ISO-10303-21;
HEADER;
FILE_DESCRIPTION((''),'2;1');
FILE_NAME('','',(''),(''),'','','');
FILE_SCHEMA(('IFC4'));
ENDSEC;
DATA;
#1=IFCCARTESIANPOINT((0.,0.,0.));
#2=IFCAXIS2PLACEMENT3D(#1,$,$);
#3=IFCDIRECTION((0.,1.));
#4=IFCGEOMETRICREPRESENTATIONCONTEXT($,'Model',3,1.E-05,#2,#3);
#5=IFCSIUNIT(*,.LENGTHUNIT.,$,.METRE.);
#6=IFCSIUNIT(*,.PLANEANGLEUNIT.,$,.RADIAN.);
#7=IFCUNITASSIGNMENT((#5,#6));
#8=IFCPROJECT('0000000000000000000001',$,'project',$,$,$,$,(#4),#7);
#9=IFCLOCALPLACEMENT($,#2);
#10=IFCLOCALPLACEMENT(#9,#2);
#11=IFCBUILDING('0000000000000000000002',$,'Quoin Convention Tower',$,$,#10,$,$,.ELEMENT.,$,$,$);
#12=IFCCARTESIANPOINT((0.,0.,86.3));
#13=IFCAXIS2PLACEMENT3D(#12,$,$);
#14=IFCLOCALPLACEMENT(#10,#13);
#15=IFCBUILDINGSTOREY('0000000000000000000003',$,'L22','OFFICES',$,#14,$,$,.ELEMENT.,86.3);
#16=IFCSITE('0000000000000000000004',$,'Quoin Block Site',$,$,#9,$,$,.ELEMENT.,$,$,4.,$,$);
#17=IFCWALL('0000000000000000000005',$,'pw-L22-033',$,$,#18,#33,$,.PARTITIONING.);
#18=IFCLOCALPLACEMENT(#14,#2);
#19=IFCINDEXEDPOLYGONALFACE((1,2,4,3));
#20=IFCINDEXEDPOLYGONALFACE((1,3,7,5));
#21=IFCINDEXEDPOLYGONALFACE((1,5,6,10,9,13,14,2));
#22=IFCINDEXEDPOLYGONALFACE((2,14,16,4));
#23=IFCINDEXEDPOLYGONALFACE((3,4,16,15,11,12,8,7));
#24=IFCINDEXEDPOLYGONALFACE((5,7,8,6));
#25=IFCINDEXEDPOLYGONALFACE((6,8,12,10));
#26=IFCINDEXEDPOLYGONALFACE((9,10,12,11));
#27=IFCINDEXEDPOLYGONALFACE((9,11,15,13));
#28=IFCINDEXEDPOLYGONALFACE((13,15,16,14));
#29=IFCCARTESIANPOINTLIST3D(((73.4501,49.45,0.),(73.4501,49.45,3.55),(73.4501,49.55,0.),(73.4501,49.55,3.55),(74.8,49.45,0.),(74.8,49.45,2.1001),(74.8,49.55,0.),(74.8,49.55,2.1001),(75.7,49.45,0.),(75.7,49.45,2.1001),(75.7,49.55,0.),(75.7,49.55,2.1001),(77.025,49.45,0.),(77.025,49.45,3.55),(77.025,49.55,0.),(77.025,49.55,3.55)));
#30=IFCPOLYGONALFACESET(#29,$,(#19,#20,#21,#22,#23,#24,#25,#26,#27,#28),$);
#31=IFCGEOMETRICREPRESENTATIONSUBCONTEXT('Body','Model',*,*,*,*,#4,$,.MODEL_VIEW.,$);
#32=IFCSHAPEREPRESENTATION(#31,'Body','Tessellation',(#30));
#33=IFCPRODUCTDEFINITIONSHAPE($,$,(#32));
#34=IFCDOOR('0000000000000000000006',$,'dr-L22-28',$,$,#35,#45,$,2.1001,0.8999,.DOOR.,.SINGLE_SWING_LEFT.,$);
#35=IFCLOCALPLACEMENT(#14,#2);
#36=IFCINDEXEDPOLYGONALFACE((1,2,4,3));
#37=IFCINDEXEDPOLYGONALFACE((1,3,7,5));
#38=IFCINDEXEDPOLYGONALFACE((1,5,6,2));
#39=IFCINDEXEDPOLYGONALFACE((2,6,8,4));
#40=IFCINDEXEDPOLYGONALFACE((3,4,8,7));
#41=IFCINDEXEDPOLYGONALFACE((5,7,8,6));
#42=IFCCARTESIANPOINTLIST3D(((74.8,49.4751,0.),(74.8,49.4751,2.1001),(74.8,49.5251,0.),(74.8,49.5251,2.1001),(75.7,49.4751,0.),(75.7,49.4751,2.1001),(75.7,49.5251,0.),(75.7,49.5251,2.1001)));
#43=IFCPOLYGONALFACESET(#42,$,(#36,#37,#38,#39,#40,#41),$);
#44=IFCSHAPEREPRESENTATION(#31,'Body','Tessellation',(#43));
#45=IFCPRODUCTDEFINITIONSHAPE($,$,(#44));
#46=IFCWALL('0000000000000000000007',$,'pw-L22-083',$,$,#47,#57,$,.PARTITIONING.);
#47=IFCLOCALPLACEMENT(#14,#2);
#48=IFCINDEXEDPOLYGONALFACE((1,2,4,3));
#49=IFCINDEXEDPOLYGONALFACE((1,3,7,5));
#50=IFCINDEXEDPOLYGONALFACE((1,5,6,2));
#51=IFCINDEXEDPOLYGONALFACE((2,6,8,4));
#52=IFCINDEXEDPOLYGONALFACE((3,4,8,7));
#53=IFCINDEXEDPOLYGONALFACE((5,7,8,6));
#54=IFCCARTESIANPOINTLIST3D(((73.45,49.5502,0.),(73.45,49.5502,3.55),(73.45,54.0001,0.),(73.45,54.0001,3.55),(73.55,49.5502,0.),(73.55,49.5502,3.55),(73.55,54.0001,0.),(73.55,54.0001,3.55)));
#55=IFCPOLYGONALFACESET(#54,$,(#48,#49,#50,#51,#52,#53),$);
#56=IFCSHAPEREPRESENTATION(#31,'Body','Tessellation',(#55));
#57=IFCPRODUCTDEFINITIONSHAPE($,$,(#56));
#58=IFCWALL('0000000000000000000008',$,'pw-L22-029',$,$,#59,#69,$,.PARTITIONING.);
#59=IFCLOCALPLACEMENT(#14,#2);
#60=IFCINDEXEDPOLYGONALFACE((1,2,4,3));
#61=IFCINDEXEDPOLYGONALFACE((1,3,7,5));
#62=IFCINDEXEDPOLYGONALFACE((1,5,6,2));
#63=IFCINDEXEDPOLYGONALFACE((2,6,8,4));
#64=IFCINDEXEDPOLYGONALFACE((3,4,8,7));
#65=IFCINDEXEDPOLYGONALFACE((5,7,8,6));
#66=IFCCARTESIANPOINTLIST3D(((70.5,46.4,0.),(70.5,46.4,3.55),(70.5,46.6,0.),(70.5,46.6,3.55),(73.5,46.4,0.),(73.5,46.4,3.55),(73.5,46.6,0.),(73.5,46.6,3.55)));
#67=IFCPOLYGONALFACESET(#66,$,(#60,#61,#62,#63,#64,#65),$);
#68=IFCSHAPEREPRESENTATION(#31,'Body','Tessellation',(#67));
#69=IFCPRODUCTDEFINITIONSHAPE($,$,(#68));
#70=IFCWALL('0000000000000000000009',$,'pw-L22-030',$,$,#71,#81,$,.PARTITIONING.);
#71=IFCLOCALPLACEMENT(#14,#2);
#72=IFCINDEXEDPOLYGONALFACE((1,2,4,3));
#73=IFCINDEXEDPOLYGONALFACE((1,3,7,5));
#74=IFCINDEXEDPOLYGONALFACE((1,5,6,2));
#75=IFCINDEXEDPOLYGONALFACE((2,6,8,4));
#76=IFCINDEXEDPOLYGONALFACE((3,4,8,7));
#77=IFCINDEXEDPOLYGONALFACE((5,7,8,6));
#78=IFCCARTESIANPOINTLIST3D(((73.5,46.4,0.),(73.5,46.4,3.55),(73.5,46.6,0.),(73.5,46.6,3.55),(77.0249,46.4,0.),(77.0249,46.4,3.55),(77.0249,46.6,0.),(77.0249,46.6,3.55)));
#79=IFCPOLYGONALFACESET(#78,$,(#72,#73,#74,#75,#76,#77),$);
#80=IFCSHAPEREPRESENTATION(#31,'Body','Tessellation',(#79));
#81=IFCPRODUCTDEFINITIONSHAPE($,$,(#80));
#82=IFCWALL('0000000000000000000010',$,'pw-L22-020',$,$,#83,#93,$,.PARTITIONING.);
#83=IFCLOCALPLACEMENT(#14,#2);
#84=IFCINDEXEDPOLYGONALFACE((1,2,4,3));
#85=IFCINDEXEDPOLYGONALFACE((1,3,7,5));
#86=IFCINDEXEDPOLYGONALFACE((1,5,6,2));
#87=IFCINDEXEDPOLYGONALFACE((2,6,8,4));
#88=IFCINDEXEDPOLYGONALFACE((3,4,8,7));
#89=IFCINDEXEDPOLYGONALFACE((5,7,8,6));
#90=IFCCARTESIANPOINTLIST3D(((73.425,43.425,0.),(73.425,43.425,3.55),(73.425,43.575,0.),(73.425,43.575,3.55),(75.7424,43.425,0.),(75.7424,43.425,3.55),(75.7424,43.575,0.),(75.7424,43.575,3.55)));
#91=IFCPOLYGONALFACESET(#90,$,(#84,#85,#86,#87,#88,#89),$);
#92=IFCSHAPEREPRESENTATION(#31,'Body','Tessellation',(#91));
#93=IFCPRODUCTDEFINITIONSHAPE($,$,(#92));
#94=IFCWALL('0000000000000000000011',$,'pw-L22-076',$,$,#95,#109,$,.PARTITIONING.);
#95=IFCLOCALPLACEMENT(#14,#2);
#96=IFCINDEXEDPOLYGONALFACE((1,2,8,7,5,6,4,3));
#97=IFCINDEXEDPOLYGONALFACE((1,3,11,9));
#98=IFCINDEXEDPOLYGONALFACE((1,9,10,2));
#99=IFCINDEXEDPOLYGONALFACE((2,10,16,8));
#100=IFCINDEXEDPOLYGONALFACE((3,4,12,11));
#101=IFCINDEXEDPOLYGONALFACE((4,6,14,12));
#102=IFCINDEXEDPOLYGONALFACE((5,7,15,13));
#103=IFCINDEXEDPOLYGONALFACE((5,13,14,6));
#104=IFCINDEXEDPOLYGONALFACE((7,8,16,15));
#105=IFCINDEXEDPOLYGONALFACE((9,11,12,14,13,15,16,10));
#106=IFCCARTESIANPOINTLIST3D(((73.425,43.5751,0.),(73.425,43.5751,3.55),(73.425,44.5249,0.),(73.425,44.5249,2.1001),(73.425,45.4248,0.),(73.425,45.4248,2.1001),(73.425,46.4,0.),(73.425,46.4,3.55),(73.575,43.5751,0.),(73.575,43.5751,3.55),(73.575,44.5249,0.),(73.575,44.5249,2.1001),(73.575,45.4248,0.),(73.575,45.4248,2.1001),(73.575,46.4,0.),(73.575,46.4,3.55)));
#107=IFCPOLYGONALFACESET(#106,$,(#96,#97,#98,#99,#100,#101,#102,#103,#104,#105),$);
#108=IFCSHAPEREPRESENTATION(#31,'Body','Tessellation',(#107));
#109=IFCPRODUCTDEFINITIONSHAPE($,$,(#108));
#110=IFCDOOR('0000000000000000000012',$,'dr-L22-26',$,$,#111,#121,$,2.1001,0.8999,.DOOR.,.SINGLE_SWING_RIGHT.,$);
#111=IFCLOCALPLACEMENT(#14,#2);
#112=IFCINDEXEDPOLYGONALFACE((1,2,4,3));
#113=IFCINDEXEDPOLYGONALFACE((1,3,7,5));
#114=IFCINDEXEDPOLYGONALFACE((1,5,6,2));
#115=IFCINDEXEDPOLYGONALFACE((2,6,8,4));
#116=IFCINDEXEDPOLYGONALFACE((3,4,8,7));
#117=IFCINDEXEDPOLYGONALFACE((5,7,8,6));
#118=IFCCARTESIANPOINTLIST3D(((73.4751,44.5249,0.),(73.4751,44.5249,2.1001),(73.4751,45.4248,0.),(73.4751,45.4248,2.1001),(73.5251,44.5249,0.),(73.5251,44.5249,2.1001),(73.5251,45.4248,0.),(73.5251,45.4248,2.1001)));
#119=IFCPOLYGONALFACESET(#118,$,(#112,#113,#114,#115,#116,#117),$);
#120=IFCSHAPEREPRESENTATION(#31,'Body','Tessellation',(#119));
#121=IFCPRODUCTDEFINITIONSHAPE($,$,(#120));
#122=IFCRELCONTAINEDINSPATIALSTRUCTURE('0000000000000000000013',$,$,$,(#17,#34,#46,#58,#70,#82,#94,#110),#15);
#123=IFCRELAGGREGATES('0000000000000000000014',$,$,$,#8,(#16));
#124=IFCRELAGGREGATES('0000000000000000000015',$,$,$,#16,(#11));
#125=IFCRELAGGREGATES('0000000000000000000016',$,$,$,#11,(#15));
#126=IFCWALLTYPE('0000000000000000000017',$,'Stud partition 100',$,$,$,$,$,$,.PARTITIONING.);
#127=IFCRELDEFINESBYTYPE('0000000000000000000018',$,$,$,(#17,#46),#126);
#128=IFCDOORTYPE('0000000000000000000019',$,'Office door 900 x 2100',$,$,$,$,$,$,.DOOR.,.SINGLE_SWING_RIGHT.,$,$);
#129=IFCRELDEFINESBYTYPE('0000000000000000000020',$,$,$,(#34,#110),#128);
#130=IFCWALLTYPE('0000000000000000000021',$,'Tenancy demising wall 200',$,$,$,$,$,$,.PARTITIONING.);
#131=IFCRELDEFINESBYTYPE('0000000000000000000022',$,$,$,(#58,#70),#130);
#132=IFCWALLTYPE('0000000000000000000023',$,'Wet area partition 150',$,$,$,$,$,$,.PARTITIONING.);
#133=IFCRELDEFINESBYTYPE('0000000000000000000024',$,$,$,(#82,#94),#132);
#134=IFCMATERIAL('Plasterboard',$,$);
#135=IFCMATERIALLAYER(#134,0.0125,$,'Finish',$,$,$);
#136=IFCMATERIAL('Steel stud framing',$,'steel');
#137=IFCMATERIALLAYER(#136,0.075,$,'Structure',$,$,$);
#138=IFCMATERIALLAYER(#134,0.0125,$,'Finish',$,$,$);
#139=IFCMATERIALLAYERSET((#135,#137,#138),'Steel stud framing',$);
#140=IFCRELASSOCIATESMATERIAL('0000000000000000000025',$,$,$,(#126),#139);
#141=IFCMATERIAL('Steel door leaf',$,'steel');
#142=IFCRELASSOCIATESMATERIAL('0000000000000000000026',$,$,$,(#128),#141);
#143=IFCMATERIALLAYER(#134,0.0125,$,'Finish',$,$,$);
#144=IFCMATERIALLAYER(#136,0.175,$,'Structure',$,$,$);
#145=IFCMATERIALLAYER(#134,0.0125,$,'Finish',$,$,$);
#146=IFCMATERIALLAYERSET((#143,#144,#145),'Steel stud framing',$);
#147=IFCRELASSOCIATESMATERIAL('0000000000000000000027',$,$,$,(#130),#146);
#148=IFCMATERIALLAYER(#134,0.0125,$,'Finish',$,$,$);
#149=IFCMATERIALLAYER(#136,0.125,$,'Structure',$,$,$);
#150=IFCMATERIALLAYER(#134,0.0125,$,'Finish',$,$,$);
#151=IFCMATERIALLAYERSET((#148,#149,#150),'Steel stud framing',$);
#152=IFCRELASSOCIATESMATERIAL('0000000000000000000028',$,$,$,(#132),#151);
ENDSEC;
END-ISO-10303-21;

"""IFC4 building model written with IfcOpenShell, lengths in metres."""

from ifc_helpers import new_model, si_unit, direction, frame, frame_2d, origin, place, context, subcontext, project, spatial, rectangle, extrude, material, layer, layer_set, type_object, element, fill, save


model = new_model("IFC4")

# Units and contexts
model_context = context("Model", 3, precision=1e-05, world=origin(), true_north=direction((0.0, 1.0)))
body_context = subcontext(model_context, "Body", "Model", "MODEL_VIEW")
ifc_project = project(units=[si_unit("LENGTHUNIT", "METRE"), si_unit("PLANEANGLEUNIT", "RADIAN")], contexts=[model_context])

# Site, building, storey
site_placement = place(None, origin())
site = spatial("IfcSite", under=ifc_project, at=site_placement, Name="Quoin Block Site", CompositionType="ELEMENT", RefElevation=4.0)
building_placement = place(site_placement, origin())
building = spatial("IfcBuilding", under=site, at=building_placement, Name="Quoin Convention Tower", CompositionType="ELEMENT")
storey_placement = place(building_placement, frame((0.0, 0.0, 86.3)))
storey = spatial("IfcBuildingStorey", under=building, at=storey_placement, Name="L22", Description="OFFICES", CompositionType="ELEMENT", Elevation=86.3)

# Wall, opening, door
ifc_material_1 = material(Name="Plasterboard")
ifc_material_2 = material(Name="Steel stud framing", Category="steel")
ifc_material_3 = material(Name="Steel door leaf", Category="steel")
ifc_layer_1 = layer(ifc_material_1, 0.0125, Name="Finish")
ifc_layer_2 = layer(ifc_material_2, 0.075, Name="Structure")
ifc_layer_3 = layer(ifc_material_1, 0.0125, Name="Finish")
ifc_layer_set_1 = layer_set([ifc_layer_1, ifc_layer_2, ifc_layer_3], Name="Steel stud framing")
wall_type_1 = type_object("IfcWallType", Name="Stud partition 100", PredefinedType="PARTITIONING", material=ifc_layer_set_1)
wall_1_placement = place(storey_placement, frame((73.45, 49.5, 0.0), z_axis=(0.0, 0.0, 1.0), x_axis=(1.0, 0.0, 0.0)))
wall_1 = element("IfcWall", 1, at=wall_1_placement, inside=storey, type_object=wall_type_1, Name="pw-L22-033", PredefinedType="PARTITIONING", context=body_context, shape_type="SweptSolid", body=[
    extrude(rectangle(XDim=3.575, YDim=0.1001, at=frame_2d((1.7876, 0.0))), origin(), (0.0, 0.0, 1.0), 3.55),
])
opening_1_placement = place(wall_1_placement, frame((1.3501, 0.0, 0.0)))
opening_1 = element("IfcOpeningElement", 2, at=opening_1_placement, cuts=wall_1, PredefinedType="OPENING", context=body_context, shape_type="SweptSolid", body=[
    extrude(rectangle(XDim=0.8999, YDim=2.1001, at=frame_2d((0.45, 1.05))), frame((0.0, 0.0601, 0.0), z_axis=(0.0, -1.0, 0.0), x_axis=(1.0, 0.0, 0.0)), (0.0, 0.0, 1.0), 0.1201),
])
door_type_1 = type_object("IfcDoorType", Name="Office door 900 x 2100", OperationType="SINGLE_SWING_RIGHT", PredefinedType="DOOR", material=ifc_material_3)
door_1_placement = place(opening_1_placement, frame((0.8999, 0.0, 0.0), z_axis=(0.0, 0.0, 1.0), x_axis=(-1.0, 0.0, 0.0)))
door_1 = element("IfcDoor", 3, at=door_1_placement, inside=storey, type_object=door_type_1, Name="dr-L22-28", OperationType="SINGLE_SWING_LEFT", OverallHeight=2.1001, OverallWidth=0.8999, PredefinedType="DOOR", context=body_context, shape_type="SweptSolid", body=[
    extrude(rectangle(XDim=0.8999, YDim=2.1001, at=frame_2d((0.45, 1.05))), frame((0.0, 0.0249, 0.0), z_axis=(0.0, -1.0, 0.0), x_axis=(1.0, 0.0, 0.0)), (0.0, 0.0, 1.0), 0.05),
])
fill(opening_1, door_1)

# Walls
wall_2_placement = place(storey_placement, frame((73.5, 49.55, 0.0), z_axis=(0.0, 0.0, 1.0), x_axis=(0.0, 1.0, 0.0)))
element("IfcWall", 4, at=wall_2_placement, inside=storey, type_object=wall_type_1, Name="pw-L22-083", PredefinedType="PARTITIONING", context=body_context, shape_type="SweptSolid", body=[
    extrude(rectangle(XDim=4.45, YDim=0.1001, at=frame_2d((2.2251, 0.0))), origin(), (0.0, 0.0, 1.0), 3.55),
])
ifc_layer_4 = layer(ifc_material_1, 0.0125, Name="Finish")
ifc_layer_5 = layer(ifc_material_2, 0.175, Name="Structure")
ifc_layer_6 = layer(ifc_material_1, 0.0125, Name="Finish")
ifc_layer_set_2 = layer_set([ifc_layer_4, ifc_layer_5, ifc_layer_6], Name="Steel stud framing")
wall_type_2 = type_object("IfcWallType", Name="Tenancy demising wall 200", PredefinedType="PARTITIONING", material=ifc_layer_set_2)
wall_3_placement = place(storey_placement, frame((70.5, 46.5, 0.0), z_axis=(0.0, 0.0, 1.0), x_axis=(1.0, 0.0, 0.0)))
element("IfcWall", 5, at=wall_3_placement, inside=storey, type_object=wall_type_2, Name="pw-L22-029", PredefinedType="PARTITIONING", context=body_context, shape_type="SweptSolid", body=[
    extrude(rectangle(XDim=3.0, YDim=0.2, at=frame_2d((1.5, 0.0))), origin(), (0.0, 0.0, 1.0), 3.55),
])
wall_4_placement = place(storey_placement, frame((73.5, 46.5, 0.0), z_axis=(0.0, 0.0, 1.0), x_axis=(1.0, 0.0, 0.0)))
element("IfcWall", 6, at=wall_4_placement, inside=storey, type_object=wall_type_2, Name="pw-L22-030", PredefinedType="PARTITIONING", context=body_context, shape_type="SweptSolid", body=[
    extrude(rectangle(XDim=3.5249, YDim=0.2, at=frame_2d((1.7625, 0.0))), origin(), (0.0, 0.0, 1.0), 3.55),
])
ifc_layer_7 = layer(ifc_material_1, 0.0125, Name="Finish")
ifc_layer_8 = layer(ifc_material_2, 0.125, Name="Structure")
ifc_layer_9 = layer(ifc_material_1, 0.0125, Name="Finish")
ifc_layer_set_3 = layer_set([ifc_layer_7, ifc_layer_8, ifc_layer_9], Name="Steel stud framing")
wall_type_3 = type_object("IfcWallType", Name="Wet area partition 150", PredefinedType="PARTITIONING", material=ifc_layer_set_3)
wall_5_placement = place(storey_placement, frame((73.425, 43.5, 0.0), z_axis=(0.0, 0.0, 1.0), x_axis=(1.0, 0.0, 0.0)))
element("IfcWall", 7, at=wall_5_placement, inside=storey, type_object=wall_type_3, Name="pw-L22-020", PredefinedType="PARTITIONING", context=body_context, shape_type="SweptSolid", body=[
    extrude(rectangle(XDim=2.3174, YDim=0.1499, at=frame_2d((1.1587, 0.0))), origin(), (0.0, 0.0, 1.0), 3.55),
])

# Wall, opening, door
wall_6_placement = place(storey_placement, frame((73.5, 43.575, 0.0), z_axis=(0.0, 0.0, 1.0), x_axis=(0.0, 1.0, 0.0)))
wall_6 = element("IfcWall", 8, at=wall_6_placement, inside=storey, type_object=wall_type_3, Name="pw-L22-076", PredefinedType="PARTITIONING", context=body_context, shape_type="SweptSolid", body=[
    extrude(rectangle(XDim=2.825, YDim=0.1499, at=frame_2d((1.4126, 0.0))), origin(), (0.0, 0.0, 1.0), 3.55),
])
opening_2_placement = place(wall_6_placement, frame((0.95, 0.0, 0.0)))
opening_2 = element("IfcOpeningElement", 9, at=opening_2_placement, cuts=wall_6, PredefinedType="OPENING", context=body_context, shape_type="SweptSolid", body=[
    extrude(rectangle(XDim=0.8999, YDim=2.1001, at=frame_2d((0.45, 1.05))), frame((0.0, 0.085, 0.0), z_axis=(0.0, -1.0, 0.0), x_axis=(1.0, 0.0, 0.0)), (0.0, 0.0, 1.0), 0.1699),
])
door_2_placement = place(opening_2_placement, origin())
door_2 = element("IfcDoor", 10, at=door_2_placement, inside=storey, type_object=door_type_1, Name="dr-L22-26", OperationType="SINGLE_SWING_RIGHT", OverallHeight=2.1001, OverallWidth=0.8999, PredefinedType="DOOR", context=body_context, shape_type="SweptSolid", body=[
    extrude(rectangle(XDim=0.8999, YDim=2.1001, at=frame_2d((0.45, 1.05))), frame((0.0, 0.0249, 0.0), z_axis=(0.0, -1.0, 0.0), x_axis=(1.0, 0.0, 0.0)), (0.0, 0.0, 1.0), 0.05),
])
fill(opening_2, door_2)

save(model, "model.ifc")
